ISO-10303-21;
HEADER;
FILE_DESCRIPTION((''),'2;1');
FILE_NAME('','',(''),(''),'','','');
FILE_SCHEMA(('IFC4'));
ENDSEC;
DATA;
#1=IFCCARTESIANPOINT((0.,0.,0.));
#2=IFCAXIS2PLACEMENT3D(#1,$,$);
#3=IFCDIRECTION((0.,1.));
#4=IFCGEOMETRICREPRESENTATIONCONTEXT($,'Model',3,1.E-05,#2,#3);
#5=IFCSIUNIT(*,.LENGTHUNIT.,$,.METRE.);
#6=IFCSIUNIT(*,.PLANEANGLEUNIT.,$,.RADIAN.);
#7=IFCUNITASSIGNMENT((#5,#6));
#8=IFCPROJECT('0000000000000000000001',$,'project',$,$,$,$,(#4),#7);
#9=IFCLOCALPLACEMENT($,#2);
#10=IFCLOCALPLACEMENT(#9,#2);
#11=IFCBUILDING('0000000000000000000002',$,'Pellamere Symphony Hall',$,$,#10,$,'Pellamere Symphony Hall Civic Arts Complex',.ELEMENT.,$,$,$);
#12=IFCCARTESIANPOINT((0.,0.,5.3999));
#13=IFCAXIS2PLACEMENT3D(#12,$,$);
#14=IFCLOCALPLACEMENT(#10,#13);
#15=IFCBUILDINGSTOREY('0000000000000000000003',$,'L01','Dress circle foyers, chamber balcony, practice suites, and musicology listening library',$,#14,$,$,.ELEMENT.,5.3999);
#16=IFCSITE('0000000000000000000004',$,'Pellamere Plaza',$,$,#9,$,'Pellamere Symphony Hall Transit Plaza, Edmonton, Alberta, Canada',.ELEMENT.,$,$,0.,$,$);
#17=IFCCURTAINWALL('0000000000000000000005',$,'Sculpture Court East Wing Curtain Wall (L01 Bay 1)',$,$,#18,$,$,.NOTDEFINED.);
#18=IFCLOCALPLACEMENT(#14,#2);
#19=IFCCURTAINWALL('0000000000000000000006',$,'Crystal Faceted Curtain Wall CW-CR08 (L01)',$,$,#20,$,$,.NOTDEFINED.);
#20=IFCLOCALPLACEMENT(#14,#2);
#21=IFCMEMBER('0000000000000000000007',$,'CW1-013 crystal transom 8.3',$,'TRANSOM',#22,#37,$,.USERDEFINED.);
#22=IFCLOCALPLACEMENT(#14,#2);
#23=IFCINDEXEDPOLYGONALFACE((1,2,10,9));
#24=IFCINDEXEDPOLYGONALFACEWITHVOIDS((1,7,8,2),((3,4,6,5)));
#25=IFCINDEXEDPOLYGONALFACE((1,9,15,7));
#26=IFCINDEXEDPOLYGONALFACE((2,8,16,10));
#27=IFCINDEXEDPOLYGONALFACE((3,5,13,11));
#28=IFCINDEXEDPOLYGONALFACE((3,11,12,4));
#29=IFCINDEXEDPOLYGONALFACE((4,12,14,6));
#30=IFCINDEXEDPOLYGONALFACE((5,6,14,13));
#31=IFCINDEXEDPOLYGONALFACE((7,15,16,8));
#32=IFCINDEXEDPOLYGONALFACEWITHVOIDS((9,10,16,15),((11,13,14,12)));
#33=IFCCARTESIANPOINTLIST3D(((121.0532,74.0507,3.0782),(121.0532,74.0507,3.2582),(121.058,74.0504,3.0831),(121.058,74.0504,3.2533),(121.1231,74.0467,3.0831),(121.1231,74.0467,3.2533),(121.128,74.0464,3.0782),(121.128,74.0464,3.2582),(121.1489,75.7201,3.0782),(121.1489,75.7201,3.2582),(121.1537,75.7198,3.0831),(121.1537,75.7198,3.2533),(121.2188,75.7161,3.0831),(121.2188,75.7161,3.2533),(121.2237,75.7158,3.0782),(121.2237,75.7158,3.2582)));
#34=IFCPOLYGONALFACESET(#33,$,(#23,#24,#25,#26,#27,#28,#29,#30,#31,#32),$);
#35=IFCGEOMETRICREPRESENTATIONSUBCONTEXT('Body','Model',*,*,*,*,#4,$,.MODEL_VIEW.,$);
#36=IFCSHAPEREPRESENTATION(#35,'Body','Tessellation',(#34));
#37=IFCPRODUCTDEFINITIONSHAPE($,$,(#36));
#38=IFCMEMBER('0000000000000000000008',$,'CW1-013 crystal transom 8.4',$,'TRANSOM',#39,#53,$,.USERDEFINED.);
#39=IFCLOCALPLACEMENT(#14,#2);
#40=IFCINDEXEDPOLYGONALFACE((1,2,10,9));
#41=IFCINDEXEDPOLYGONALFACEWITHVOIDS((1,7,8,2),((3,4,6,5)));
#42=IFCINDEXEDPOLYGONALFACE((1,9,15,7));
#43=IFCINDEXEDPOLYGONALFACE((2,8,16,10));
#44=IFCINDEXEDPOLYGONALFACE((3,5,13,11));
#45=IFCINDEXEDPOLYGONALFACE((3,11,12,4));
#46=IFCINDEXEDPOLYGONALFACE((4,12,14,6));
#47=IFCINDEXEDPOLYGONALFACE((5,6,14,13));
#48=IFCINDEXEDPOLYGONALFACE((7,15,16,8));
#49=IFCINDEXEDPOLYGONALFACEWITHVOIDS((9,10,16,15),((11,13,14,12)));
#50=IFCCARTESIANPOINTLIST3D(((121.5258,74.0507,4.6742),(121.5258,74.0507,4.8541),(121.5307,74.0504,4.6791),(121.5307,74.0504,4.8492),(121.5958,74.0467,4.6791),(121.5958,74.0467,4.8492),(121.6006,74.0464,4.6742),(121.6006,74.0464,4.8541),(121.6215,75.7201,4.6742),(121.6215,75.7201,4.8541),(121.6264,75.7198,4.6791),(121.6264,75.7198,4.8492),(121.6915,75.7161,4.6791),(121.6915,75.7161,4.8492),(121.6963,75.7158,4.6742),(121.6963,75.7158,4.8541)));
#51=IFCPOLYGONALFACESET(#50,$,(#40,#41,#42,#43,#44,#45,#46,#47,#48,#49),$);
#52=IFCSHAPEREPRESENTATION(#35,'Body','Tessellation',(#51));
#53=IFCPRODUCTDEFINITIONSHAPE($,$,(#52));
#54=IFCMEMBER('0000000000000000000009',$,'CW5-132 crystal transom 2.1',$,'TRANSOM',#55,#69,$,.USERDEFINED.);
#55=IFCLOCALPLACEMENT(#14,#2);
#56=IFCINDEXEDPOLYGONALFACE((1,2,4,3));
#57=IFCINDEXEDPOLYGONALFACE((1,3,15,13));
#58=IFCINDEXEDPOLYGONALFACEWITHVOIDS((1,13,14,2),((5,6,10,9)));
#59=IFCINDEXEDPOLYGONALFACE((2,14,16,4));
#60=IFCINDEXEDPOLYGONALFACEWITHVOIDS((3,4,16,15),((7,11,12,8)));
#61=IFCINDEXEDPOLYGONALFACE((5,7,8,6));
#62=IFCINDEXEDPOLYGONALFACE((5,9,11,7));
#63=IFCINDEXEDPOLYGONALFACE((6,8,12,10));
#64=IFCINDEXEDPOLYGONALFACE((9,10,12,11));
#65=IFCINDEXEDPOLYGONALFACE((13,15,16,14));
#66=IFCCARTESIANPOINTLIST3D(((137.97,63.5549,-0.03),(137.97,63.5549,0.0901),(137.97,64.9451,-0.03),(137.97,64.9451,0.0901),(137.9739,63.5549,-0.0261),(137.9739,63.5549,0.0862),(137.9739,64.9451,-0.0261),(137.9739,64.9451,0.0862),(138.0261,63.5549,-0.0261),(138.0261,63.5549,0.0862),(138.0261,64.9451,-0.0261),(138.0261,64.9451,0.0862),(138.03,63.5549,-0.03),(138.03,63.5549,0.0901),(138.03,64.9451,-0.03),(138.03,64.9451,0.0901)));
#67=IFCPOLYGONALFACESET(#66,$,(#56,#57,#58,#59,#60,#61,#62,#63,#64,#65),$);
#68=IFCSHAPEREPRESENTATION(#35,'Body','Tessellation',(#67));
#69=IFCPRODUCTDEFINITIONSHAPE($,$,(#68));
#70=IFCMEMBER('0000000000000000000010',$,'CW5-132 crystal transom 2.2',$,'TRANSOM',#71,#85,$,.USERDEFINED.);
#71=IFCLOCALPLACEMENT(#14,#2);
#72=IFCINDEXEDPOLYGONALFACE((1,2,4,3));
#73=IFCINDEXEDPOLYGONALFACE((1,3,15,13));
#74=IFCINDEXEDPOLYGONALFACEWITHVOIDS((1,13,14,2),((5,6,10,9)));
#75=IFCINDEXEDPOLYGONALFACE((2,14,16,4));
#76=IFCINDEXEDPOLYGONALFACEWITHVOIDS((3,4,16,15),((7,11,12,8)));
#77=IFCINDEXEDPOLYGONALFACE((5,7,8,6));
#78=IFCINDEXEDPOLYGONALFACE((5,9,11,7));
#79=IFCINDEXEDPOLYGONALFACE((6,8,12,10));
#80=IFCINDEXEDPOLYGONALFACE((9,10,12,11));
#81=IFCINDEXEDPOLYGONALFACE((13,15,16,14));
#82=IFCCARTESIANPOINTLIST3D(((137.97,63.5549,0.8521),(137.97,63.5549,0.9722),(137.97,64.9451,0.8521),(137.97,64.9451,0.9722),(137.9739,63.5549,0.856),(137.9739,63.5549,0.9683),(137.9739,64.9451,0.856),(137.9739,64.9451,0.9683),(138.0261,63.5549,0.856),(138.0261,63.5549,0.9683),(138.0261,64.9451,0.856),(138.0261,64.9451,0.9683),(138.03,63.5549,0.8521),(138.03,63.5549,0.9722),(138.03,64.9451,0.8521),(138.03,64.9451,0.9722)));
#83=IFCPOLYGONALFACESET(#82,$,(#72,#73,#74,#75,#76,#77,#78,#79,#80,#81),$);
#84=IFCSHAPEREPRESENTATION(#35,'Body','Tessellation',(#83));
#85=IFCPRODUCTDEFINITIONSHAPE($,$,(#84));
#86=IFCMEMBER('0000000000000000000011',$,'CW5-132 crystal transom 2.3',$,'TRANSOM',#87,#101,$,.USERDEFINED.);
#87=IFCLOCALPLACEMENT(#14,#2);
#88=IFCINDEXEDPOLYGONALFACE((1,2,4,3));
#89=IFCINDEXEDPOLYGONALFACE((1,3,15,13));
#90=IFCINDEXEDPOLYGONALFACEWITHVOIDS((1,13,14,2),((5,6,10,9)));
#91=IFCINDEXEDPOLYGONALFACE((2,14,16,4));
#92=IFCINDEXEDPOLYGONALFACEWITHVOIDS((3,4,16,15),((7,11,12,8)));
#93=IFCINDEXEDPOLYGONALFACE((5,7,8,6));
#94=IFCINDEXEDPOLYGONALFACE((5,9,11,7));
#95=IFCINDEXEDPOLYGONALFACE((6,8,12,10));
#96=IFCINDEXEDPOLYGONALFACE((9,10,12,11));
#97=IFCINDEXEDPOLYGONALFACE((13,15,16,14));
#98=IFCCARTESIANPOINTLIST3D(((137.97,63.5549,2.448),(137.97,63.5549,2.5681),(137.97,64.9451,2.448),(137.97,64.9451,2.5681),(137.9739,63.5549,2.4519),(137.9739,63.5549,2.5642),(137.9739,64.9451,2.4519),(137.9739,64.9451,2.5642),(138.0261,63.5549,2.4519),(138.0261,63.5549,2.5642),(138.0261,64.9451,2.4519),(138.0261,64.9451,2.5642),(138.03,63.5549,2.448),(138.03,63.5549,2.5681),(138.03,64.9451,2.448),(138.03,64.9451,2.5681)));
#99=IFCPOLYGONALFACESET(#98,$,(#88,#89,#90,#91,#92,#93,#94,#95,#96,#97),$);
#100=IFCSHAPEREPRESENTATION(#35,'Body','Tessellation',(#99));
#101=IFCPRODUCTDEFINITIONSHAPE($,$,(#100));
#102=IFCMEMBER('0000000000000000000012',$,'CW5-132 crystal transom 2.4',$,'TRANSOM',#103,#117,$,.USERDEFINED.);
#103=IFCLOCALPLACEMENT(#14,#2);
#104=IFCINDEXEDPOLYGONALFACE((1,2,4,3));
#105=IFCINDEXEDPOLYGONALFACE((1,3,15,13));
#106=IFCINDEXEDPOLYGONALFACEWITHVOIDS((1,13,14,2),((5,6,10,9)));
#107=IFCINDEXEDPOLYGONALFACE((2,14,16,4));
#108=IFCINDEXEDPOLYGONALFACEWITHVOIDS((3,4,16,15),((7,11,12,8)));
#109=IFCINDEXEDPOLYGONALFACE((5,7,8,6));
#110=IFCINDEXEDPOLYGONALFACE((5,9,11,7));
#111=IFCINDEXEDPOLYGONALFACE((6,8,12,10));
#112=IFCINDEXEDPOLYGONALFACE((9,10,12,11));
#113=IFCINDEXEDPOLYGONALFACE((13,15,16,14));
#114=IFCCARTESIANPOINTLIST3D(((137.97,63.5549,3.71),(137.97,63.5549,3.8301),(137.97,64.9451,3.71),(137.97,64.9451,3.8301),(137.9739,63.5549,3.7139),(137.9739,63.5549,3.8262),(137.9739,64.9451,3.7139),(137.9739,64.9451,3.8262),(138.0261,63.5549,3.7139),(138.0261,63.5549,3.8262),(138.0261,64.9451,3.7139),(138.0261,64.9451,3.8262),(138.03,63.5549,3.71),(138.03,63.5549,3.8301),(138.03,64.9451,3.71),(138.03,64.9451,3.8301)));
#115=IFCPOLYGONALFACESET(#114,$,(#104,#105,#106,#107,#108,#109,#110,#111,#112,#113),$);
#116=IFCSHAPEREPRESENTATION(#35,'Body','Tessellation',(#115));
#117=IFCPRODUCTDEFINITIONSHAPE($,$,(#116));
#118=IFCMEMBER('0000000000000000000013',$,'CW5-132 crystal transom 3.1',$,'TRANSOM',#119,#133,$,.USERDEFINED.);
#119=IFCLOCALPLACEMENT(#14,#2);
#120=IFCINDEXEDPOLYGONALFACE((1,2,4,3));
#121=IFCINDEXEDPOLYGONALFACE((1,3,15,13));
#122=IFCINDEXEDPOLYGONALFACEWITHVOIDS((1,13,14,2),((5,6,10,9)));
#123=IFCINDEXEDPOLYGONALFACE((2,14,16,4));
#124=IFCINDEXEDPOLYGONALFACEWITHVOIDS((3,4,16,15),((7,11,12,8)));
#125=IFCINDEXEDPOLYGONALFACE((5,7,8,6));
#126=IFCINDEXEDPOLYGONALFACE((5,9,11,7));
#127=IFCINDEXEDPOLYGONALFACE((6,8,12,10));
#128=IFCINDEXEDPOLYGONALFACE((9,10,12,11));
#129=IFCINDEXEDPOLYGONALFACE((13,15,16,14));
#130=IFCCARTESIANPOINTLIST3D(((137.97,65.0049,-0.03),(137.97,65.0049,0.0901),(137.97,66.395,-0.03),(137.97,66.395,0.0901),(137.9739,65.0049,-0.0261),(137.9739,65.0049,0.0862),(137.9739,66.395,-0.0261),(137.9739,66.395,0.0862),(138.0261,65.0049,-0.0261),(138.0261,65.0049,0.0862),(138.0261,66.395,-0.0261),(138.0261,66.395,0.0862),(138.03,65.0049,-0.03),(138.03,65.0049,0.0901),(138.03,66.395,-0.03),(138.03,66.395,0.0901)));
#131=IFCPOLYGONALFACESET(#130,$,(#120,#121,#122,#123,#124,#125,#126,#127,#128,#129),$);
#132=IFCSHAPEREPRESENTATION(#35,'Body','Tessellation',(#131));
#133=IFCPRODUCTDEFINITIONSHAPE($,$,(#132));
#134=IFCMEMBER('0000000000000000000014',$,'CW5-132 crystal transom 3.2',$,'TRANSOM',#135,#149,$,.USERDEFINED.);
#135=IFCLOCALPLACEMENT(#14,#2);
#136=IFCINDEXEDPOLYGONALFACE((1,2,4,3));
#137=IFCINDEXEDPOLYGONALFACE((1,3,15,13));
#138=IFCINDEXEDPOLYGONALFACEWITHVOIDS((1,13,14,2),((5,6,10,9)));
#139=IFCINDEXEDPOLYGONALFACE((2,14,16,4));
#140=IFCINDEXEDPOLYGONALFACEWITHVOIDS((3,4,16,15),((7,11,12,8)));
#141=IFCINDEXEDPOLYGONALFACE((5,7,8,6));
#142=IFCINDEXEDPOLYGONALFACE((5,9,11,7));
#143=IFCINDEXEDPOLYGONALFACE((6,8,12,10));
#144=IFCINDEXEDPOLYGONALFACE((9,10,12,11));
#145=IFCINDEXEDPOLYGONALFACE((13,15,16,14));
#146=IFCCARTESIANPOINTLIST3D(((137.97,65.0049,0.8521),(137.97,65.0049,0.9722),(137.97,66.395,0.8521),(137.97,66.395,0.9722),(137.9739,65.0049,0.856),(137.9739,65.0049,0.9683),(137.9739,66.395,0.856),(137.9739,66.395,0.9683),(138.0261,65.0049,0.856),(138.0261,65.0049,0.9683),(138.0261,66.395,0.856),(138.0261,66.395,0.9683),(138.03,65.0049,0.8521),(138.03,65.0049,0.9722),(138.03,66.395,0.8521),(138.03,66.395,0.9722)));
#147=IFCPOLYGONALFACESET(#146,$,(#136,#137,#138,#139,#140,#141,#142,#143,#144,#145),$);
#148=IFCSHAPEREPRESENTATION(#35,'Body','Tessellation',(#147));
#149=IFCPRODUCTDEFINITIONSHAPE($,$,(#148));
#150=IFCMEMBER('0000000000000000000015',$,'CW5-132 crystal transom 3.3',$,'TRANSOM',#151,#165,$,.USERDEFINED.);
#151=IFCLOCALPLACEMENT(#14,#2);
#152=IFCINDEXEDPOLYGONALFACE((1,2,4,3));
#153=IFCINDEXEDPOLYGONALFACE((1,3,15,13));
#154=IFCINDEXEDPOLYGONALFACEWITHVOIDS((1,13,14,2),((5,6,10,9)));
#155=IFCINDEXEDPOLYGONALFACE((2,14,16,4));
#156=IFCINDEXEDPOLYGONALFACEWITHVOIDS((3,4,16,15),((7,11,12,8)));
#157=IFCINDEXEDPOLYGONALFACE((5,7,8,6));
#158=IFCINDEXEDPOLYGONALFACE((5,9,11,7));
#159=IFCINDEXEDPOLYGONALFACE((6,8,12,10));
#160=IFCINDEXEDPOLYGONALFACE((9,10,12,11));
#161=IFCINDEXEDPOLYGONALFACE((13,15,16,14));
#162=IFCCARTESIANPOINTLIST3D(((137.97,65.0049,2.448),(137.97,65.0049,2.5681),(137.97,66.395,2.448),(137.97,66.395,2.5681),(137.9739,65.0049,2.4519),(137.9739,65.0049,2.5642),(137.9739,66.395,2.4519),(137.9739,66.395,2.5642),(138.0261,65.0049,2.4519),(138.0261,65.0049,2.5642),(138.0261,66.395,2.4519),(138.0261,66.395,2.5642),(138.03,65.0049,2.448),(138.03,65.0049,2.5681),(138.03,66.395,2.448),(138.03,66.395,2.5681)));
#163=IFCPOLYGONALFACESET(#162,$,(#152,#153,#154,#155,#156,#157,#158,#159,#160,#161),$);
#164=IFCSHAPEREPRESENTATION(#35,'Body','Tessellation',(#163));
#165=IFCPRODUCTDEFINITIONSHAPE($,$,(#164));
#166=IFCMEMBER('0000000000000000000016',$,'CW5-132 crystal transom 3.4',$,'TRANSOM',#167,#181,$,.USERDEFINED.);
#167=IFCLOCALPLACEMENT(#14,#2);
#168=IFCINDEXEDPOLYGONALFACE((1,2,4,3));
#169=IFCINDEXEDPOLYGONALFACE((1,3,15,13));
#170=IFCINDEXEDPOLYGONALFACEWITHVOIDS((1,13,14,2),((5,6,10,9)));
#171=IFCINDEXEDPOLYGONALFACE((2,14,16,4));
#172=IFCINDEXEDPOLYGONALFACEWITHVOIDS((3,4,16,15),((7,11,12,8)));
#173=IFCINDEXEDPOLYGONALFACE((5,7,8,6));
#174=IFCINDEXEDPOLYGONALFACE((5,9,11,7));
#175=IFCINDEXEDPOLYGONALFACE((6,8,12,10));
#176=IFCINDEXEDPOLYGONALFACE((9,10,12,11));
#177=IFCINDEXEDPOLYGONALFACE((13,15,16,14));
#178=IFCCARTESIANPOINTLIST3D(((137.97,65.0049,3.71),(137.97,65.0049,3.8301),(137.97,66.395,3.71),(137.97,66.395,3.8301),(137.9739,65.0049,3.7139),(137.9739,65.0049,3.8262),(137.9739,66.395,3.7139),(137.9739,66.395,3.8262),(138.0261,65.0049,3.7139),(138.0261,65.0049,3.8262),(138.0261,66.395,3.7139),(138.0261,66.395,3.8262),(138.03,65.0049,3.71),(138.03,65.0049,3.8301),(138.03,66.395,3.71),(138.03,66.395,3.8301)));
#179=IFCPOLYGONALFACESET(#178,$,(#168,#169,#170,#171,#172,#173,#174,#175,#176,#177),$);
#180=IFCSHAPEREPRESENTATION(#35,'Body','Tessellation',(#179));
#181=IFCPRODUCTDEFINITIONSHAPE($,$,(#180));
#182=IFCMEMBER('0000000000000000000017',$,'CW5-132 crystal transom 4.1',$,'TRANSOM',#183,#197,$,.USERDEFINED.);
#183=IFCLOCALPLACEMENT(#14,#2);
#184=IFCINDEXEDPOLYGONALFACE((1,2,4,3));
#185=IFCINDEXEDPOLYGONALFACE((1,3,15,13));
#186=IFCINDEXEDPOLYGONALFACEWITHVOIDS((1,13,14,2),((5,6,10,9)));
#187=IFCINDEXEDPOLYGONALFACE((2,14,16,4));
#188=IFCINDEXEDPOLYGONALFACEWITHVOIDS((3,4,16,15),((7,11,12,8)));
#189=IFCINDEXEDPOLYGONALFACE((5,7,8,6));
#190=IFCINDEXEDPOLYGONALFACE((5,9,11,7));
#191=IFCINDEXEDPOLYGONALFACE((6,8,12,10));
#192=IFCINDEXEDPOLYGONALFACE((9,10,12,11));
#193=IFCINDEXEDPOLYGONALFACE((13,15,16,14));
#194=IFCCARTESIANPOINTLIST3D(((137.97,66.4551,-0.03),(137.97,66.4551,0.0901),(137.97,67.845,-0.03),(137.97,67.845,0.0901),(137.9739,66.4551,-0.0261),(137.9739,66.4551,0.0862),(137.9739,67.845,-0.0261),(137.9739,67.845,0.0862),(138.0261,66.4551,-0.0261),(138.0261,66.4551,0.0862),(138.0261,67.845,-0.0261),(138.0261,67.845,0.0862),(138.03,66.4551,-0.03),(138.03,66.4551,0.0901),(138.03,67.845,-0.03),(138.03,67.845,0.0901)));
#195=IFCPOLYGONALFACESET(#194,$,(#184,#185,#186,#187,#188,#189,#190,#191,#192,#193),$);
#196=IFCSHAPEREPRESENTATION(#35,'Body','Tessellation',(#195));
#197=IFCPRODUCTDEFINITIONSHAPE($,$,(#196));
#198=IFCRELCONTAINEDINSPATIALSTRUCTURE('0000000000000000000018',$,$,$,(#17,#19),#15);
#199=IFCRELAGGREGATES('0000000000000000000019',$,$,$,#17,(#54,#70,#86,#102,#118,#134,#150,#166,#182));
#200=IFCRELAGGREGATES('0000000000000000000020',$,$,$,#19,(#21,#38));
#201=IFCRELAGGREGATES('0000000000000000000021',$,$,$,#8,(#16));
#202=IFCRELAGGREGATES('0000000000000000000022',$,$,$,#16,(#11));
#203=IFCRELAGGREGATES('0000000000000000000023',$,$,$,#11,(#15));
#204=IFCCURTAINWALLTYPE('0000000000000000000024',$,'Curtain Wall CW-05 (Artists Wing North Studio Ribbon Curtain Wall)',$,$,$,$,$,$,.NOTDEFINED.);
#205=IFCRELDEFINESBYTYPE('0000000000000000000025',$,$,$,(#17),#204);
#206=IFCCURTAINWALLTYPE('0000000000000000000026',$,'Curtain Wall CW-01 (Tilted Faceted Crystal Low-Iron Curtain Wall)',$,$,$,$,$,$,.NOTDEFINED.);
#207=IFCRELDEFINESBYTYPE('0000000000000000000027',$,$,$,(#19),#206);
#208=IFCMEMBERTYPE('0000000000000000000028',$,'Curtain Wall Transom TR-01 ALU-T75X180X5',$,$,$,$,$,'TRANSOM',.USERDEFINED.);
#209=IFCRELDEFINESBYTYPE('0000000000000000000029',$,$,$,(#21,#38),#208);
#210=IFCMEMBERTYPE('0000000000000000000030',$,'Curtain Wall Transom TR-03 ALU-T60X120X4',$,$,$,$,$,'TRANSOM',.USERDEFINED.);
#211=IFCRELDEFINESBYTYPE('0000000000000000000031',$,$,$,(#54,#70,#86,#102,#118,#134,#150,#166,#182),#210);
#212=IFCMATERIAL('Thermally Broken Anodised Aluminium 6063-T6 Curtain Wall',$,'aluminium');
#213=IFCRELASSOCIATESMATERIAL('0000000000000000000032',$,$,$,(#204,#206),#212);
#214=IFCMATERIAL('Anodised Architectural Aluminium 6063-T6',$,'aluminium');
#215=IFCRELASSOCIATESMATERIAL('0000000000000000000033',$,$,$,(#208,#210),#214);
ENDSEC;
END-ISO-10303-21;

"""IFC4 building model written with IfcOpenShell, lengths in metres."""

from ifc_helpers import new_model, si_unit, direction, frame, origin, origin_2d, place, context, subcontext, project, spatial, hollow_rectangle, extrude, material, material_profile, profile_set, type_object, element, aggregate, save


model = new_model("IFC4")

# Units and contexts
model_context = context("Model", 3, precision=1e-05, world=origin(), true_north=direction((0.0, 1.0)))
body_context = subcontext(model_context, "Body", "Model", "MODEL_VIEW")
ifc_project = project(units=[si_unit("LENGTHUNIT", "METRE"), si_unit("PLANEANGLEUNIT", "RADIAN")], contexts=[model_context])

# Site, building, storey
site_placement = place(None, origin())
site = spatial("IfcSite", under=ifc_project, at=site_placement, Name="Pellamere Plaza", LongName="Pellamere Symphony Hall Transit Plaza, Edmonton, Alberta, Canada", CompositionType="ELEMENT", RefElevation=0.0)
building_placement = place(site_placement, origin())
building = spatial("IfcBuilding", under=site, at=building_placement, Name="Pellamere Symphony Hall", LongName="Pellamere Symphony Hall Civic Arts Complex", CompositionType="ELEMENT")
storey_placement = place(building_placement, frame((0.0, 0.0, 5.3999)))
storey = spatial("IfcBuildingStorey", under=building, at=storey_placement, Name="L01", Description="Dress circle foyers, chamber balcony, practice suites, and musicology listening library", CompositionType="ELEMENT", Elevation=5.3999)

# Curtain walls, members
ifc_material_1 = material(Name="Thermally Broken Anodised Aluminium 6063-T6 Curtain Wall", Category="aluminium")
curtain_wall_type_1 = type_object("IfcCurtainWallType", Name="Curtain Wall CW-05 (Artists Wing North Studio Ribbon Curtain Wall)", PredefinedType="NOTDEFINED", material=ifc_material_1)
curtain_wall_1_placement = place(storey_placement, origin())
curtain_wall_1 = element("IfcCurtainWall", 1, at=curtain_wall_1_placement, inside=storey, type_object=curtain_wall_type_1, Name="Sculpture Court East Wing Curtain Wall (L01 Bay 1)", PredefinedType="NOTDEFINED")
ifc_material_2 = material(Name="Anodised Architectural Aluminium 6063-T6", Category="aluminium")
curtain_wall_type_2 = type_object("IfcCurtainWallType", Name="Curtain Wall CW-01 (Tilted Faceted Crystal Low-Iron Curtain Wall)", PredefinedType="NOTDEFINED", material=ifc_material_1)
curtain_wall_2_placement = place(storey_placement, origin())
curtain_wall_2 = element("IfcCurtainWall", 2, at=curtain_wall_2_placement, inside=storey, type_object=curtain_wall_type_2, Name="Crystal Faceted Curtain Wall CW-CR08 (L01)", PredefinedType="NOTDEFINED")
ifc_material_profile_1 = material_profile(ifc_material_2, hollow_rectangle(XDim=0.075, YDim=0.1799, WallThickness=0.0049, at=origin_2d()), Name="ALU-T75X180X5")
ifc_profile_set_1 = profile_set([ifc_material_profile_1], Name="Anodised Architectural Aluminium 6063-T6")
member_type_1 = type_object("IfcMemberType", Name="Curtain Wall Transom TR-01 ALU-T75X180X5", ElementType="TRANSOM", PredefinedType="USERDEFINED", material=ifc_profile_set_1)
member_1_placement = place(storey_placement, frame((121.0906, 74.0486, 3.1682), z_axis=(0.057233, 0.998361, 0.0), x_axis=(-0.998361, 0.057233, 0.0)))
member_1 = element("IfcMember", 3, at=member_1_placement, type_object=member_type_1, Name="CW1-013 crystal transom 8.3", ObjectType="TRANSOM", PredefinedType="USERDEFINED", context=body_context, shape_type="SweptSolid", body=[
    extrude(hollow_rectangle(XDim=0.075, YDim=0.1799, WallThickness=0.0049, at=origin_2d()), origin(), (0.0, 0.0, 1.0), 1.6721),
])
member_2_placement = place(storey_placement, frame((121.5632, 74.0486, 4.7642), z_axis=(0.057233, 0.998361, 0.0), x_axis=(-0.998361, 0.057233, 0.0)))
member_2 = element("IfcMember", 4, at=member_2_placement, type_object=member_type_1, Name="CW1-013 crystal transom 8.4", ObjectType="TRANSOM", PredefinedType="USERDEFINED", context=body_context, shape_type="SweptSolid", body=[
    extrude(hollow_rectangle(XDim=0.075, YDim=0.1799, WallThickness=0.0049, at=origin_2d()), origin(), (0.0, 0.0, 1.0), 1.6721),
])

# Members
ifc_material_profile_2 = material_profile(ifc_material_2, hollow_rectangle(XDim=0.0601, YDim=0.1201, WallThickness=0.0039, at=origin_2d()), Name="ALU-T60X120X4")
ifc_profile_set_2 = profile_set([ifc_material_profile_2], Name="Anodised Architectural Aluminium 6063-T6")
member_type_2 = type_object("IfcMemberType", Name="Curtain Wall Transom TR-03 ALU-T60X120X4", ElementType="TRANSOM", PredefinedType="USERDEFINED", material=ifc_profile_set_2)
member_3_placement = place(storey_placement, frame((138.0, 63.5549, 0.03), z_axis=(0.0, 1.0, 0.0), x_axis=(-1.0, 0.0, 0.0)))
member_3 = element("IfcMember", 5, at=member_3_placement, type_object=member_type_2, Name="CW5-132 crystal transom 2.1", ObjectType="TRANSOM", PredefinedType="USERDEFINED", context=body_context, shape_type="SweptSolid", body=[
    extrude(hollow_rectangle(XDim=0.0601, YDim=0.1201, WallThickness=0.0039, at=origin_2d()), origin(), (0.0, 0.0, 1.0), 1.3901),
])
member_4_placement = place(storey_placement, frame((138.0, 63.5549, 0.9121), z_axis=(0.0, 1.0, 0.0), x_axis=(-1.0, 0.0, 0.0)))
member_4 = element("IfcMember", 6, at=member_4_placement, type_object=member_type_2, Name="CW5-132 crystal transom 2.2", ObjectType="TRANSOM", PredefinedType="USERDEFINED", context=body_context, shape_type="SweptSolid", body=[
    extrude(hollow_rectangle(XDim=0.0601, YDim=0.1201, WallThickness=0.0039, at=origin_2d()), origin(), (0.0, 0.0, 1.0), 1.3901),
])
member_5_placement = place(storey_placement, frame((138.0, 63.5549, 2.5081), z_axis=(0.0, 1.0, 0.0), x_axis=(-1.0, 0.0, 0.0)))
member_5 = element("IfcMember", 7, at=member_5_placement, type_object=member_type_2, Name="CW5-132 crystal transom 2.3", ObjectType="TRANSOM", PredefinedType="USERDEFINED", context=body_context, shape_type="SweptSolid", body=[
    extrude(hollow_rectangle(XDim=0.0601, YDim=0.1201, WallThickness=0.0039, at=origin_2d()), origin(), (0.0, 0.0, 1.0), 1.3901),
])
member_6_placement = place(storey_placement, frame((138.0, 63.5549, 3.77), z_axis=(0.0, 1.0, 0.0), x_axis=(-1.0, 0.0, 0.0)))
member_6 = element("IfcMember", 8, at=member_6_placement, type_object=member_type_2, Name="CW5-132 crystal transom 2.4", ObjectType="TRANSOM", PredefinedType="USERDEFINED", context=body_context, shape_type="SweptSolid", body=[
    extrude(hollow_rectangle(XDim=0.0601, YDim=0.1201, WallThickness=0.0039, at=origin_2d()), origin(), (0.0, 0.0, 1.0), 1.3901),
])
member_7_placement = place(storey_placement, frame((138.0, 65.0049, 0.03), z_axis=(0.0, 1.0, 0.0), x_axis=(-1.0, 0.0, 0.0)))
member_7 = element("IfcMember", 9, at=member_7_placement, type_object=member_type_2, Name="CW5-132 crystal transom 3.1", ObjectType="TRANSOM", PredefinedType="USERDEFINED", context=body_context, shape_type="SweptSolid", body=[
    extrude(hollow_rectangle(XDim=0.0601, YDim=0.1201, WallThickness=0.0039, at=origin_2d()), origin(), (0.0, 0.0, 1.0), 1.3901),
])
member_8_placement = place(storey_placement, frame((138.0, 65.0049, 0.9121), z_axis=(0.0, 1.0, 0.0), x_axis=(-1.0, 0.0, 0.0)))
member_8 = element("IfcMember", 10, at=member_8_placement, type_object=member_type_2, Name="CW5-132 crystal transom 3.2", ObjectType="TRANSOM", PredefinedType="USERDEFINED", context=body_context, shape_type="SweptSolid", body=[
    extrude(hollow_rectangle(XDim=0.0601, YDim=0.1201, WallThickness=0.0039, at=origin_2d()), origin(), (0.0, 0.0, 1.0), 1.3901),
])
member_9_placement = place(storey_placement, frame((138.0, 65.0049, 2.5081), z_axis=(0.0, 1.0, 0.0), x_axis=(-1.0, 0.0, 0.0)))
member_9 = element("IfcMember", 11, at=member_9_placement, type_object=member_type_2, Name="CW5-132 crystal transom 3.3", ObjectType="TRANSOM", PredefinedType="USERDEFINED", context=body_context, shape_type="SweptSolid", body=[
    extrude(hollow_rectangle(XDim=0.0601, YDim=0.1201, WallThickness=0.0039, at=origin_2d()), origin(), (0.0, 0.0, 1.0), 1.3901),
])
member_10_placement = place(storey_placement, frame((138.0, 65.0049, 3.77), z_axis=(0.0, 1.0, 0.0), x_axis=(-1.0, 0.0, 0.0)))
member_10 = element("IfcMember", 12, at=member_10_placement, type_object=member_type_2, Name="CW5-132 crystal transom 3.4", ObjectType="TRANSOM", PredefinedType="USERDEFINED", context=body_context, shape_type="SweptSolid", body=[
    extrude(hollow_rectangle(XDim=0.0601, YDim=0.1201, WallThickness=0.0039, at=origin_2d()), origin(), (0.0, 0.0, 1.0), 1.3901),
])
member_11_placement = place(storey_placement, frame((138.0, 66.4551, 0.03), z_axis=(0.0, 1.0, 0.0), x_axis=(-1.0, 0.0, 0.0)))
member_11 = element("IfcMember", 13, at=member_11_placement, type_object=member_type_2, Name="CW5-132 crystal transom 4.1", ObjectType="TRANSOM", PredefinedType="USERDEFINED", context=body_context, shape_type="SweptSolid", body=[
    extrude(hollow_rectangle(XDim=0.0601, YDim=0.1201, WallThickness=0.0039, at=origin_2d()), origin(), (0.0, 0.0, 1.0), 1.3899),
])

aggregate(curtain_wall_1, [member_3, member_4, member_5, member_6, member_7, member_8, member_9, member_10, member_11])
aggregate(curtain_wall_2, [member_1, member_2])

save(model, "model.ifc")
